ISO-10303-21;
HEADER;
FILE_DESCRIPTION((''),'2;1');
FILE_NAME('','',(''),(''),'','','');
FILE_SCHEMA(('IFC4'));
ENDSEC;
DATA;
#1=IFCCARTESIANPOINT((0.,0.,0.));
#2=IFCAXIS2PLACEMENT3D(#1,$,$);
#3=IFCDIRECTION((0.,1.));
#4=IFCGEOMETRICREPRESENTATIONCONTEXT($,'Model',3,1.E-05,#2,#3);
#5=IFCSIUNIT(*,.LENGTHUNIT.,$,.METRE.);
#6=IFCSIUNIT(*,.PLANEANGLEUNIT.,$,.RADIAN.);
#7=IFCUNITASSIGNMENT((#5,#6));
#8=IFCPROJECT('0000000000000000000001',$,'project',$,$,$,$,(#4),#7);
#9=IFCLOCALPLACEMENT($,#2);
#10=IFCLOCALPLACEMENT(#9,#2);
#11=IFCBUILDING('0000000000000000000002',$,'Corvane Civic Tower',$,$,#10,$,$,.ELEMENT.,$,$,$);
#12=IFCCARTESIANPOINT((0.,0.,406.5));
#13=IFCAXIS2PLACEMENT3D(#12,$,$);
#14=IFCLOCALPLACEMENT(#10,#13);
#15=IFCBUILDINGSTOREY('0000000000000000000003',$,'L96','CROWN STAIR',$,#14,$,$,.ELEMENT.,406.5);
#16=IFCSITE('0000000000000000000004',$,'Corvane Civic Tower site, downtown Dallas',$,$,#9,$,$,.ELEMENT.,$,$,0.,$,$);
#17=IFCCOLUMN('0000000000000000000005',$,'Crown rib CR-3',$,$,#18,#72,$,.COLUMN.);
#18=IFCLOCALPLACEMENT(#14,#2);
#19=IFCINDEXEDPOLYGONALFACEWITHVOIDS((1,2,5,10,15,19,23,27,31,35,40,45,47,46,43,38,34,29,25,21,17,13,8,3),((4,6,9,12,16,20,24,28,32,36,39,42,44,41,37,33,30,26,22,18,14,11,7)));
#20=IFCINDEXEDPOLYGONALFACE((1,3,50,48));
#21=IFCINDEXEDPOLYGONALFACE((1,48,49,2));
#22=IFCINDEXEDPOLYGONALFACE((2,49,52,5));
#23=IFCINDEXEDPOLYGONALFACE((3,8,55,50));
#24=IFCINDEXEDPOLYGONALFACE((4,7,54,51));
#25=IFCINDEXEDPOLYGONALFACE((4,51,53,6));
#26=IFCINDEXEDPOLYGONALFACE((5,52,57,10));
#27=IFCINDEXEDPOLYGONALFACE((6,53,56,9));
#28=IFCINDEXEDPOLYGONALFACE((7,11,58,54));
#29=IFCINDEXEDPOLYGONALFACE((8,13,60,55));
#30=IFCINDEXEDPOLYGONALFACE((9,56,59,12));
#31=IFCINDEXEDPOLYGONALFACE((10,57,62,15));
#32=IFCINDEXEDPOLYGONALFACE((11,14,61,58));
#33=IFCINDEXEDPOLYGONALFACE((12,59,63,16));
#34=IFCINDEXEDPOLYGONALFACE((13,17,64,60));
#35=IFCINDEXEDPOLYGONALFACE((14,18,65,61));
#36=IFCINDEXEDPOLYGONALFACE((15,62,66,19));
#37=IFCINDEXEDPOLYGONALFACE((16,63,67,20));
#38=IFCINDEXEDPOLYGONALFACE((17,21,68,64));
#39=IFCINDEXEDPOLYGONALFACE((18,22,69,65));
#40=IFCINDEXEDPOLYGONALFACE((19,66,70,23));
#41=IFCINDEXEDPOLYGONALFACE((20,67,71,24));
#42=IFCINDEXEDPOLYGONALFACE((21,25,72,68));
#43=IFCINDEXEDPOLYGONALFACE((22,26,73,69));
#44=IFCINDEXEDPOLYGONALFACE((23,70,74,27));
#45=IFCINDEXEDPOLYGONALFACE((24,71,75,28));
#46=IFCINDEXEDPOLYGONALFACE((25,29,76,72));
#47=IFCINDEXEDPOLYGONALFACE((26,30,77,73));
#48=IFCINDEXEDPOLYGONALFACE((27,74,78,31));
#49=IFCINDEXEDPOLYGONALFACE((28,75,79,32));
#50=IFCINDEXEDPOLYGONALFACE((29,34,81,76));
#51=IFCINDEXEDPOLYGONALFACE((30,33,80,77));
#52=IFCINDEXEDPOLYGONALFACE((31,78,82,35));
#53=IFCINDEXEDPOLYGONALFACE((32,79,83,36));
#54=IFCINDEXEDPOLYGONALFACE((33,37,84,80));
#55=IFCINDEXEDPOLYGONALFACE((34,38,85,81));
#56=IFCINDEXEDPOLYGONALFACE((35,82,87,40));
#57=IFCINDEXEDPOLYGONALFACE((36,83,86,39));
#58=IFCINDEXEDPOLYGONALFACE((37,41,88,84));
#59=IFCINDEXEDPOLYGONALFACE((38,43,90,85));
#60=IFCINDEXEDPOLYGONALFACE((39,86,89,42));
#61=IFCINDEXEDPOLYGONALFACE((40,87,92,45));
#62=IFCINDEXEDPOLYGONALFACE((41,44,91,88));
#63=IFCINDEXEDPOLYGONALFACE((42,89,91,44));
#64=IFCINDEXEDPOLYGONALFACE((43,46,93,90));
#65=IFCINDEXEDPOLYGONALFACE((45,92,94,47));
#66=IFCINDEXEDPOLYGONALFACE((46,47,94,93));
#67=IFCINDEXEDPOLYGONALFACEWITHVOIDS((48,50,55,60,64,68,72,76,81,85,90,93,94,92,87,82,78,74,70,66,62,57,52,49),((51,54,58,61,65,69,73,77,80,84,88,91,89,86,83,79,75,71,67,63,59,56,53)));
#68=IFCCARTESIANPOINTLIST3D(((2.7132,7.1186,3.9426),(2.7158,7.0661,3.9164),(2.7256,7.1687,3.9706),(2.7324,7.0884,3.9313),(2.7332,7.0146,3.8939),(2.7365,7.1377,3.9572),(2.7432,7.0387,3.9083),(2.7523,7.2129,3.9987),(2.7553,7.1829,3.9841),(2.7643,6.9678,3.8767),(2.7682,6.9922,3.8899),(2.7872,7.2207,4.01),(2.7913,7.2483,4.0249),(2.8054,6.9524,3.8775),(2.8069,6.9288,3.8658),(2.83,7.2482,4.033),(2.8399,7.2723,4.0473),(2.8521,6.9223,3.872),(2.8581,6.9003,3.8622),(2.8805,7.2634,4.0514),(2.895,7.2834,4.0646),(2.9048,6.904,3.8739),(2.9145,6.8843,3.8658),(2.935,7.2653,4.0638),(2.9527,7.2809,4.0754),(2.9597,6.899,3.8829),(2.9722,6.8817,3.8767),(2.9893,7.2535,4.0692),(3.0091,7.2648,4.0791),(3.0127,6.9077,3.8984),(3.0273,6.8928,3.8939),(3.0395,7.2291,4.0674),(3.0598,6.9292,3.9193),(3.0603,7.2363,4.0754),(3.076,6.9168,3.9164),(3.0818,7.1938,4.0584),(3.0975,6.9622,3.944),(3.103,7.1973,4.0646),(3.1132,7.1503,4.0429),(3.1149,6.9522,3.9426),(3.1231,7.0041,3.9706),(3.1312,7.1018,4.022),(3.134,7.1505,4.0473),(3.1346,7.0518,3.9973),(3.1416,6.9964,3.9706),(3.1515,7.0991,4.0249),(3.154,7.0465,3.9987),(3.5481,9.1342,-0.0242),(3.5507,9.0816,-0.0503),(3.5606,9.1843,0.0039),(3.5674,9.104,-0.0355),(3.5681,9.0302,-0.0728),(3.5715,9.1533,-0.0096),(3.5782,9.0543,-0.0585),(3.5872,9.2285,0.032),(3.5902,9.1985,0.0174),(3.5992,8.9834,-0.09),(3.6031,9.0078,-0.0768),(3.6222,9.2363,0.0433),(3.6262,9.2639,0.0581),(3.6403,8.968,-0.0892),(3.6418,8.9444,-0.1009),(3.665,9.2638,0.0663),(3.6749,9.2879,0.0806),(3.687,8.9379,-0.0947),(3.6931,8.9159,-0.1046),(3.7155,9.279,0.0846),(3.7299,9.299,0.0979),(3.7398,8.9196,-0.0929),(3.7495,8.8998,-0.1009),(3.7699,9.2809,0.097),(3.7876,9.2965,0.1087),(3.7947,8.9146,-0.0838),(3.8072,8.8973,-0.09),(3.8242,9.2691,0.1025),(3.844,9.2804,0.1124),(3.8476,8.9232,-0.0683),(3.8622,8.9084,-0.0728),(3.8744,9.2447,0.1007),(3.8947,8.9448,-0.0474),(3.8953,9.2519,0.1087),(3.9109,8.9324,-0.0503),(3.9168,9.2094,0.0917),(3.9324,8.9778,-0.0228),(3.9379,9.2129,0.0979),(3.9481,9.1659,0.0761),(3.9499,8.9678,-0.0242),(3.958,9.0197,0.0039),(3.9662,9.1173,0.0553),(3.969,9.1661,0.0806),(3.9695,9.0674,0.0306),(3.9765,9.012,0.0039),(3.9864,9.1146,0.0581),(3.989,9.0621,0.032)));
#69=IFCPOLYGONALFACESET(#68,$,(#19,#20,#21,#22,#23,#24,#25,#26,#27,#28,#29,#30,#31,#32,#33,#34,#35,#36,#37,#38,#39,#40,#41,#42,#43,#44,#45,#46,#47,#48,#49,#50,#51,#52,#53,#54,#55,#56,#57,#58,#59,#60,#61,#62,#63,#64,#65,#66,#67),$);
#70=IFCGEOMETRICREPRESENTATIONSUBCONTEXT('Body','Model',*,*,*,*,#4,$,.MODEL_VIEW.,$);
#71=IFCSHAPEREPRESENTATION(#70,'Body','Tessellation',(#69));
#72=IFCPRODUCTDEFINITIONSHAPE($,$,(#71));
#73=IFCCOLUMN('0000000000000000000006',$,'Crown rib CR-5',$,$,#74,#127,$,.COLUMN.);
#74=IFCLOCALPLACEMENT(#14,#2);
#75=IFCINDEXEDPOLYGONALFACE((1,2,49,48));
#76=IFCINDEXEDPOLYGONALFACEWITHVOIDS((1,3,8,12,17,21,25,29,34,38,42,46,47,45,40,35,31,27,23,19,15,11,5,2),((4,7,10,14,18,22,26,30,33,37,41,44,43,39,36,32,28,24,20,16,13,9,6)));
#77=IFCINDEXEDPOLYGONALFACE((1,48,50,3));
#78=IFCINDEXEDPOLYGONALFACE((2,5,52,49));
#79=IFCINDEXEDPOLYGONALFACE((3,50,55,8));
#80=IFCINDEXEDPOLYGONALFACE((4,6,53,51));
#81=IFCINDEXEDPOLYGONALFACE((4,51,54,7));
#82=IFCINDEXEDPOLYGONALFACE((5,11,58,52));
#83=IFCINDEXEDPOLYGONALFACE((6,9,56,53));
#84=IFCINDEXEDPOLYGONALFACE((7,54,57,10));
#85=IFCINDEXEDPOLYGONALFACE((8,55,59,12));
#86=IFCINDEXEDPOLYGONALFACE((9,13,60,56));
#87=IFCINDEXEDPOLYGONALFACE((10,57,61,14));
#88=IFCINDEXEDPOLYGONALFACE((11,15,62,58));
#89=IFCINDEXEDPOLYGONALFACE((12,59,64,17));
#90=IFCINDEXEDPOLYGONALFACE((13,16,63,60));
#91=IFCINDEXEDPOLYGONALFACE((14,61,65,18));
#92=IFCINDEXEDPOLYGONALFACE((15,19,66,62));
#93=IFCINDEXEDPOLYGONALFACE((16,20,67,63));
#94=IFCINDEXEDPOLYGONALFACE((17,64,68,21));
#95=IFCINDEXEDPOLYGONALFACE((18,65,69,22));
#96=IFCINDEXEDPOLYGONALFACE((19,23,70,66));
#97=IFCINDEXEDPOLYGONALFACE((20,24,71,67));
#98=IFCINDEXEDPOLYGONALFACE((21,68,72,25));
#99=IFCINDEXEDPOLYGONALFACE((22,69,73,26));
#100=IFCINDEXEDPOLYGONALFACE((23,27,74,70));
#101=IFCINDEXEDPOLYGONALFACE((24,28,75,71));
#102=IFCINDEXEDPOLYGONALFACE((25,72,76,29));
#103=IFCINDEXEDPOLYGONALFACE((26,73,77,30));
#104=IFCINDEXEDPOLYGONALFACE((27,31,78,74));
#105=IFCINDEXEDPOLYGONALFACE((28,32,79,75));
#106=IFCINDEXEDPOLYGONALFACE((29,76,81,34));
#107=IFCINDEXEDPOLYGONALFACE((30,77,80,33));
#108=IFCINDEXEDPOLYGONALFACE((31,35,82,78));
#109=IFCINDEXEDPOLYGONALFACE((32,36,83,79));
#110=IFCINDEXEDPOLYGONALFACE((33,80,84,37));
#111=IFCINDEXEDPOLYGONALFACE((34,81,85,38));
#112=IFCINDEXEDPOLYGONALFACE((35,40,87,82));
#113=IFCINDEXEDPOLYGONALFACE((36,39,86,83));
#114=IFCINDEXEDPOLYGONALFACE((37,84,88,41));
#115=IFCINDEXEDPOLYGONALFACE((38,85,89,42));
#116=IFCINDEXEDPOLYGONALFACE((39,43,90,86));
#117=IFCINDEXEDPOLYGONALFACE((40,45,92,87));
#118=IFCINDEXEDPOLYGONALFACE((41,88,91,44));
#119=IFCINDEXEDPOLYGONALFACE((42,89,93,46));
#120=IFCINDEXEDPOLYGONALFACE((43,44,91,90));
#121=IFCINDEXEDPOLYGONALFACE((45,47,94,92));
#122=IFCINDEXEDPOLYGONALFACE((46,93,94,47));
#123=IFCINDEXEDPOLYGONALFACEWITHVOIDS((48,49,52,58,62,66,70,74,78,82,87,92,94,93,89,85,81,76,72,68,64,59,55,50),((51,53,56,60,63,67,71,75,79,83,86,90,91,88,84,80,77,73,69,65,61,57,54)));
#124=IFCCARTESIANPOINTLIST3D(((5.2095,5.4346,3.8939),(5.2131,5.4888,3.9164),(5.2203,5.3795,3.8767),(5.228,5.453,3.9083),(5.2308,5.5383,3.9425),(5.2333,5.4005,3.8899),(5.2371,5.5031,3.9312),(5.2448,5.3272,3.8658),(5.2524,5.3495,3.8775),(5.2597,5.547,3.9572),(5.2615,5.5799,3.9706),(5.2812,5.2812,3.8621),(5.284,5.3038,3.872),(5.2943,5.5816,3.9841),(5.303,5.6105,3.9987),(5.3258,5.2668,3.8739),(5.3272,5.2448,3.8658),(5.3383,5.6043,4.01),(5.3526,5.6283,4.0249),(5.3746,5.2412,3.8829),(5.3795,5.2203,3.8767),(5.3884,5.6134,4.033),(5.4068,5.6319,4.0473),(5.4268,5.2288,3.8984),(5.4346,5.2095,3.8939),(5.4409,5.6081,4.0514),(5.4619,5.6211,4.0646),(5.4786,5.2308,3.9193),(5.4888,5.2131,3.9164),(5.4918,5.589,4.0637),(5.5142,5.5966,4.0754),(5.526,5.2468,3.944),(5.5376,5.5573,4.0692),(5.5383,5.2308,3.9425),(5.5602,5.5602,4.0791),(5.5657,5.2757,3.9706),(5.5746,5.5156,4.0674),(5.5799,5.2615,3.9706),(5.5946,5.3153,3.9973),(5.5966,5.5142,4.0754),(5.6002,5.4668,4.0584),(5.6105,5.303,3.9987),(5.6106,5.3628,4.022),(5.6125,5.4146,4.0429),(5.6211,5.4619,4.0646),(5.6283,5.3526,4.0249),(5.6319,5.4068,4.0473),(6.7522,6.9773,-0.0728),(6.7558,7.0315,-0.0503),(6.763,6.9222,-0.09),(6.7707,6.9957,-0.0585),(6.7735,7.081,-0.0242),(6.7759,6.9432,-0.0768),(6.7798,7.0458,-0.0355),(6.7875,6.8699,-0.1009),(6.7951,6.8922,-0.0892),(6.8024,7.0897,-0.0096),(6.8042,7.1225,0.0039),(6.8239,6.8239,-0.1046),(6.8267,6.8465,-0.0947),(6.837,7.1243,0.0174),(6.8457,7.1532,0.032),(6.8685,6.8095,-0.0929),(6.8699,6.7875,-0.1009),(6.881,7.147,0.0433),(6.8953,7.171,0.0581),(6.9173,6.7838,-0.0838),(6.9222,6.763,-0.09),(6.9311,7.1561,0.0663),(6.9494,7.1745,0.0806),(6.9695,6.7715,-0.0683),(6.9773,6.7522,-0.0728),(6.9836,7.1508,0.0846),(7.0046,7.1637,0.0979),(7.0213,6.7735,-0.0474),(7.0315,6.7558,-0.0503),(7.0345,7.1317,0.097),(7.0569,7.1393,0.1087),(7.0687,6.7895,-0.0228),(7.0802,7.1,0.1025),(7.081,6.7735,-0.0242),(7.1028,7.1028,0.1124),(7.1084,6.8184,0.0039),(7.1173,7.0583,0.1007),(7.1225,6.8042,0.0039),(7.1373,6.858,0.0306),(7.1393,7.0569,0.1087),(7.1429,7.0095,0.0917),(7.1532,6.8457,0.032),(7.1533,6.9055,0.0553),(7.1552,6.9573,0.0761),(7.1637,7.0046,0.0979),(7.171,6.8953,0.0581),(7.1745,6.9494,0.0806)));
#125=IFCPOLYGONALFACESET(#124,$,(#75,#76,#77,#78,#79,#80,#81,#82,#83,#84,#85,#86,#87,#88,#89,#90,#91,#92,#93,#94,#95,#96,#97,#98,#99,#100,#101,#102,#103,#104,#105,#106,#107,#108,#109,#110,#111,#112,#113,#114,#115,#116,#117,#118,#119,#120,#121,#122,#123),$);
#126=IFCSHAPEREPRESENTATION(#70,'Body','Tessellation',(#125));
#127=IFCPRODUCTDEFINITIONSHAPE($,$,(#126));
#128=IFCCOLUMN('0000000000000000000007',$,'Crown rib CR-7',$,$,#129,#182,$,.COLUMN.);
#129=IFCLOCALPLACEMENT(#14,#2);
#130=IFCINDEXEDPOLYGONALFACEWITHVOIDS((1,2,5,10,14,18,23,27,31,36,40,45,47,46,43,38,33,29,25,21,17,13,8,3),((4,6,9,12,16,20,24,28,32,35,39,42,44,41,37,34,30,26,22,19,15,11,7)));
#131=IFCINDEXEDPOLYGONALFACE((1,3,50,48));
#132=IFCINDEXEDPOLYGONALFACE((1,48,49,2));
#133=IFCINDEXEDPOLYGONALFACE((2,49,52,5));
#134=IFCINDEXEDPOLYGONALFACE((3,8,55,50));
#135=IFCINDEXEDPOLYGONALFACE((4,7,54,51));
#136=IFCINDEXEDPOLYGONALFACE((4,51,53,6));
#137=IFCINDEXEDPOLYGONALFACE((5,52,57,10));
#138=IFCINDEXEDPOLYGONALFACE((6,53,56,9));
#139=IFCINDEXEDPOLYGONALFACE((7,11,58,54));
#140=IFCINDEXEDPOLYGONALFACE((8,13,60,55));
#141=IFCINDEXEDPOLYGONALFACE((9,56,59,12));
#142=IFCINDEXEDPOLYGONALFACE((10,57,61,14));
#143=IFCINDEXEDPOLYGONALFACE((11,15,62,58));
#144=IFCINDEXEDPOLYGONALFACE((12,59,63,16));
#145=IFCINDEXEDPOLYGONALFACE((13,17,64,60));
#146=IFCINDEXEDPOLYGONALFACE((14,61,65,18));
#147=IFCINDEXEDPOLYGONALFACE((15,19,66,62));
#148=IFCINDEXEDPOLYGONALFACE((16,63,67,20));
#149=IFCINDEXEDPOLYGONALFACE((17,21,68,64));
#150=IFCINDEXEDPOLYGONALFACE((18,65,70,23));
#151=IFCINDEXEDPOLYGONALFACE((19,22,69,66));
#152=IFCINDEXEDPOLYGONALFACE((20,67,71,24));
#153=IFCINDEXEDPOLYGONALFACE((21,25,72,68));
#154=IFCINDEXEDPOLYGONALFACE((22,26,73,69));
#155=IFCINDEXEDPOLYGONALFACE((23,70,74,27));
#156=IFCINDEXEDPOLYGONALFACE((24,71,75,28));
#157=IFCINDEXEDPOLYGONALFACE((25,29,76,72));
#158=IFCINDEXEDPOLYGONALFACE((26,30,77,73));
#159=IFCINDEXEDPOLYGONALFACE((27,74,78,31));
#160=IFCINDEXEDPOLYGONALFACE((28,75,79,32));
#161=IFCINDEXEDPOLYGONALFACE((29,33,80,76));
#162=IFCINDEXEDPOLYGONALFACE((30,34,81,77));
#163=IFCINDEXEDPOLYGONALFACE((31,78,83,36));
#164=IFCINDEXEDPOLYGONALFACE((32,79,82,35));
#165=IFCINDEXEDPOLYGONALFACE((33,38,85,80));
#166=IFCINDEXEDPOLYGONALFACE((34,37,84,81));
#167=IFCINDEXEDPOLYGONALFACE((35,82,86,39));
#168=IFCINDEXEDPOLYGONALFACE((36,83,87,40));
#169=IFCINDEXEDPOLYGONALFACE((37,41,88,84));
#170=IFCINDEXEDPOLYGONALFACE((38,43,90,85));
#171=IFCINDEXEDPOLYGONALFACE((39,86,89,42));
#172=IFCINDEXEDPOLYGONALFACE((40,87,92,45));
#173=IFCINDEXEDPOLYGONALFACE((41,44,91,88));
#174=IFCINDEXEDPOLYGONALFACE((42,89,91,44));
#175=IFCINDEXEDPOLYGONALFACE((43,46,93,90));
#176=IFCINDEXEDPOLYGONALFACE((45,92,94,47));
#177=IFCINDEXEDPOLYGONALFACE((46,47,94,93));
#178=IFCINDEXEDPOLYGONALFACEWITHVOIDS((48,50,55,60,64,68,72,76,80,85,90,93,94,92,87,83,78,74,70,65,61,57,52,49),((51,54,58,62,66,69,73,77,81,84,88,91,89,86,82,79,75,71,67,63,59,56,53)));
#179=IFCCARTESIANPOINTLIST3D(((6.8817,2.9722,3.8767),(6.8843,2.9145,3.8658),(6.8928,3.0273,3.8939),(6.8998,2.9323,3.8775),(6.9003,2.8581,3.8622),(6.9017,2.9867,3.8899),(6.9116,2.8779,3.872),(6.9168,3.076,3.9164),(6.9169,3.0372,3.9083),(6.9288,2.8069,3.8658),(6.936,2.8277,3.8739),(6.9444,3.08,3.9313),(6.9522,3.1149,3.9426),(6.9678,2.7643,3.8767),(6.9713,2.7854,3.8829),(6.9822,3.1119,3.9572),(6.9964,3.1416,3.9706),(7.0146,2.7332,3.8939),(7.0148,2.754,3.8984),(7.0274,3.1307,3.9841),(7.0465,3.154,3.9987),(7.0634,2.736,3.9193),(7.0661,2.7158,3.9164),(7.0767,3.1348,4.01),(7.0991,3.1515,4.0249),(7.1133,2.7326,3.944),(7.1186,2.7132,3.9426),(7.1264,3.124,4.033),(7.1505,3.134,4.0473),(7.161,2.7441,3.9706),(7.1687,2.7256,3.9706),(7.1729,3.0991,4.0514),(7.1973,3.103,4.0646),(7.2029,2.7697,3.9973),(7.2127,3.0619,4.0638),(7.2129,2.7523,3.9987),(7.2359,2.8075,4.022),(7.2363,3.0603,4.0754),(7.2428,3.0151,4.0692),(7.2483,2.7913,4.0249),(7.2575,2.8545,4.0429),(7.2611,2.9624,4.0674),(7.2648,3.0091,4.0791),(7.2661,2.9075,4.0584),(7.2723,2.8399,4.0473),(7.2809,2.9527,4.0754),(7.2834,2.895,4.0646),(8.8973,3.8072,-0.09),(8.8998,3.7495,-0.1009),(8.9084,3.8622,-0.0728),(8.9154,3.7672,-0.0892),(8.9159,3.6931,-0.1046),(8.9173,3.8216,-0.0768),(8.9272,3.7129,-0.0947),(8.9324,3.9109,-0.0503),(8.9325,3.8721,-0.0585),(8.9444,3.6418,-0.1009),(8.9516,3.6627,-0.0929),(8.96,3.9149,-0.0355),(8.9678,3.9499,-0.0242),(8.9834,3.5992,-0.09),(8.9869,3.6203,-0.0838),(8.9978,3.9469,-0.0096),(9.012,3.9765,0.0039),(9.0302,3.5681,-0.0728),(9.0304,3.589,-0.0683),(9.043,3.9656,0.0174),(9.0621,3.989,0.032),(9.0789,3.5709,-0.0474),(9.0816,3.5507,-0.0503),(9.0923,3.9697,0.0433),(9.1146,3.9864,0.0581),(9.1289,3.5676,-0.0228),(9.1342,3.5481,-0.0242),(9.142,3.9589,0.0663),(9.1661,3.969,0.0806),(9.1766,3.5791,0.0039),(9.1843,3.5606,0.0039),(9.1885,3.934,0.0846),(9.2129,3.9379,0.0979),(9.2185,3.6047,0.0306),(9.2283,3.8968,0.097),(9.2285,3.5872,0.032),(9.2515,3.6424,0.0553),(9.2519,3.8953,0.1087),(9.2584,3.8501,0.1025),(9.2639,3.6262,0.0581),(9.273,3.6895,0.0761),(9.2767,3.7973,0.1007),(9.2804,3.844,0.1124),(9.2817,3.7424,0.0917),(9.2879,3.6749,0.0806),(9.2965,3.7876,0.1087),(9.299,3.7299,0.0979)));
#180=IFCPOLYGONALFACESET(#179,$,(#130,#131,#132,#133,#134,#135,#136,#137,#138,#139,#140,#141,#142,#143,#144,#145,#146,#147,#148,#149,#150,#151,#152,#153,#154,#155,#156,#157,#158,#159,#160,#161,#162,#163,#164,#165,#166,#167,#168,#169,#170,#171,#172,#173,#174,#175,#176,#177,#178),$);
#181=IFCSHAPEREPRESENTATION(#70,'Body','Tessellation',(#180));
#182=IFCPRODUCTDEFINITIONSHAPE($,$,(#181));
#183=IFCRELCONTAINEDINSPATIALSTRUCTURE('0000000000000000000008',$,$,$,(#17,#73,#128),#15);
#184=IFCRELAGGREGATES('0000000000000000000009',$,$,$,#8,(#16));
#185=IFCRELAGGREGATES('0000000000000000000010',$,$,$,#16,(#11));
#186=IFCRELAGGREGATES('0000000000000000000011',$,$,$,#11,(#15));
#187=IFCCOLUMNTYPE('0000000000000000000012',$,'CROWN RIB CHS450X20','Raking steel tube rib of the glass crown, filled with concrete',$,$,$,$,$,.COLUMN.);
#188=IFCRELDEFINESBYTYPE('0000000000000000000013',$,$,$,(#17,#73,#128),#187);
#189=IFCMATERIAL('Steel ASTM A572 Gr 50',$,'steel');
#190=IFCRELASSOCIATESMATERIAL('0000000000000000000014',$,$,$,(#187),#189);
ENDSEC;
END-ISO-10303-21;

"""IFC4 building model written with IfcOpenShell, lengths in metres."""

from ifc_helpers import new_model, si_unit, direction, frame, origin, origin_2d, place, context, subcontext, project, spatial, hollow_circle, extrude, material, material_profile, profile_set, type_object, element, save


model = new_model("IFC4")

# Units and contexts
model_context = context("Model", 3, precision=1e-05, world=origin(), true_north=direction((0.0, 1.0)))
body_context = subcontext(model_context, "Body", "Model", "MODEL_VIEW")
ifc_project = project(units=[si_unit("LENGTHUNIT", "METRE"), si_unit("PLANEANGLEUNIT", "RADIAN")], contexts=[model_context])

# Site, building, storey
site_placement = place(None, origin())
site = spatial("IfcSite", under=ifc_project, at=site_placement, Name="Corvane Civic Tower site, downtown Dallas", CompositionType="ELEMENT", RefElevation=0.0)
building_placement = place(site_placement, origin())
building = spatial("IfcBuilding", under=site, at=building_placement, Name="Corvane Civic Tower", CompositionType="ELEMENT")
storey_placement = place(building_placement, frame((0.0, 0.0, 406.5)))
storey = spatial("IfcBuildingStorey", under=building, at=storey_placement, Name="L96", Description="CROWN STAIR", CompositionType="ELEMENT", Elevation=406.5)

# Columns
ifc_material_1 = material(Name="Steel ASTM A572 Gr 50", Category="steel")
ifc_material_profile_1 = material_profile(ifc_material_1, hollow_circle(Radius=0.2251, WallThickness=0.02, at=origin_2d()), Name="CHS450X20")
ifc_profile_set_1 = profile_set([ifc_material_profile_1], Name="Steel ASTM A572 Gr 50")
column_type = type_object("IfcColumnType", Name="CROWN RIB CHS450X20", Description="Raking steel tube rib of the glass crown, filled with concrete", PredefinedType="COLUMN", material=ifc_profile_set_1)
for number, where, z_axis, x_axis, name in (
    (1, (3.7686, 9.0981, 0.0039), (-0.184433, -0.445227, 0.876218), (0.92387, -0.382708, 0.0), "Crown rib CR-3"),
    (2, (6.9634, 6.9634, 0.0039), (-0.340768, -0.340768, 0.876216), (0.707107, -0.707107, 0.0), "Crown rib CR-5"),
    (3, (9.0981, 3.7686, 0.0039), (-0.445227, -0.184433, 0.876218), (0.382708, -0.92387, 0.0), "Crown rib CR-7"),
):
    element("IfcColumn", number, at=place(storey_placement, frame(where, z_axis=z_axis, x_axis=x_axis)), inside=storey, type_object=column_type, Name=name, PredefinedType="COLUMN", context=body_context, shape_type="SweptSolid", body=[
        extrude(hollow_circle(Radius=0.2251, WallThickness=0.02, at=origin_2d()), origin(), (0.0, 0.0, 1.0), 4.5271),
    ])

save(model, "model.ifc")
